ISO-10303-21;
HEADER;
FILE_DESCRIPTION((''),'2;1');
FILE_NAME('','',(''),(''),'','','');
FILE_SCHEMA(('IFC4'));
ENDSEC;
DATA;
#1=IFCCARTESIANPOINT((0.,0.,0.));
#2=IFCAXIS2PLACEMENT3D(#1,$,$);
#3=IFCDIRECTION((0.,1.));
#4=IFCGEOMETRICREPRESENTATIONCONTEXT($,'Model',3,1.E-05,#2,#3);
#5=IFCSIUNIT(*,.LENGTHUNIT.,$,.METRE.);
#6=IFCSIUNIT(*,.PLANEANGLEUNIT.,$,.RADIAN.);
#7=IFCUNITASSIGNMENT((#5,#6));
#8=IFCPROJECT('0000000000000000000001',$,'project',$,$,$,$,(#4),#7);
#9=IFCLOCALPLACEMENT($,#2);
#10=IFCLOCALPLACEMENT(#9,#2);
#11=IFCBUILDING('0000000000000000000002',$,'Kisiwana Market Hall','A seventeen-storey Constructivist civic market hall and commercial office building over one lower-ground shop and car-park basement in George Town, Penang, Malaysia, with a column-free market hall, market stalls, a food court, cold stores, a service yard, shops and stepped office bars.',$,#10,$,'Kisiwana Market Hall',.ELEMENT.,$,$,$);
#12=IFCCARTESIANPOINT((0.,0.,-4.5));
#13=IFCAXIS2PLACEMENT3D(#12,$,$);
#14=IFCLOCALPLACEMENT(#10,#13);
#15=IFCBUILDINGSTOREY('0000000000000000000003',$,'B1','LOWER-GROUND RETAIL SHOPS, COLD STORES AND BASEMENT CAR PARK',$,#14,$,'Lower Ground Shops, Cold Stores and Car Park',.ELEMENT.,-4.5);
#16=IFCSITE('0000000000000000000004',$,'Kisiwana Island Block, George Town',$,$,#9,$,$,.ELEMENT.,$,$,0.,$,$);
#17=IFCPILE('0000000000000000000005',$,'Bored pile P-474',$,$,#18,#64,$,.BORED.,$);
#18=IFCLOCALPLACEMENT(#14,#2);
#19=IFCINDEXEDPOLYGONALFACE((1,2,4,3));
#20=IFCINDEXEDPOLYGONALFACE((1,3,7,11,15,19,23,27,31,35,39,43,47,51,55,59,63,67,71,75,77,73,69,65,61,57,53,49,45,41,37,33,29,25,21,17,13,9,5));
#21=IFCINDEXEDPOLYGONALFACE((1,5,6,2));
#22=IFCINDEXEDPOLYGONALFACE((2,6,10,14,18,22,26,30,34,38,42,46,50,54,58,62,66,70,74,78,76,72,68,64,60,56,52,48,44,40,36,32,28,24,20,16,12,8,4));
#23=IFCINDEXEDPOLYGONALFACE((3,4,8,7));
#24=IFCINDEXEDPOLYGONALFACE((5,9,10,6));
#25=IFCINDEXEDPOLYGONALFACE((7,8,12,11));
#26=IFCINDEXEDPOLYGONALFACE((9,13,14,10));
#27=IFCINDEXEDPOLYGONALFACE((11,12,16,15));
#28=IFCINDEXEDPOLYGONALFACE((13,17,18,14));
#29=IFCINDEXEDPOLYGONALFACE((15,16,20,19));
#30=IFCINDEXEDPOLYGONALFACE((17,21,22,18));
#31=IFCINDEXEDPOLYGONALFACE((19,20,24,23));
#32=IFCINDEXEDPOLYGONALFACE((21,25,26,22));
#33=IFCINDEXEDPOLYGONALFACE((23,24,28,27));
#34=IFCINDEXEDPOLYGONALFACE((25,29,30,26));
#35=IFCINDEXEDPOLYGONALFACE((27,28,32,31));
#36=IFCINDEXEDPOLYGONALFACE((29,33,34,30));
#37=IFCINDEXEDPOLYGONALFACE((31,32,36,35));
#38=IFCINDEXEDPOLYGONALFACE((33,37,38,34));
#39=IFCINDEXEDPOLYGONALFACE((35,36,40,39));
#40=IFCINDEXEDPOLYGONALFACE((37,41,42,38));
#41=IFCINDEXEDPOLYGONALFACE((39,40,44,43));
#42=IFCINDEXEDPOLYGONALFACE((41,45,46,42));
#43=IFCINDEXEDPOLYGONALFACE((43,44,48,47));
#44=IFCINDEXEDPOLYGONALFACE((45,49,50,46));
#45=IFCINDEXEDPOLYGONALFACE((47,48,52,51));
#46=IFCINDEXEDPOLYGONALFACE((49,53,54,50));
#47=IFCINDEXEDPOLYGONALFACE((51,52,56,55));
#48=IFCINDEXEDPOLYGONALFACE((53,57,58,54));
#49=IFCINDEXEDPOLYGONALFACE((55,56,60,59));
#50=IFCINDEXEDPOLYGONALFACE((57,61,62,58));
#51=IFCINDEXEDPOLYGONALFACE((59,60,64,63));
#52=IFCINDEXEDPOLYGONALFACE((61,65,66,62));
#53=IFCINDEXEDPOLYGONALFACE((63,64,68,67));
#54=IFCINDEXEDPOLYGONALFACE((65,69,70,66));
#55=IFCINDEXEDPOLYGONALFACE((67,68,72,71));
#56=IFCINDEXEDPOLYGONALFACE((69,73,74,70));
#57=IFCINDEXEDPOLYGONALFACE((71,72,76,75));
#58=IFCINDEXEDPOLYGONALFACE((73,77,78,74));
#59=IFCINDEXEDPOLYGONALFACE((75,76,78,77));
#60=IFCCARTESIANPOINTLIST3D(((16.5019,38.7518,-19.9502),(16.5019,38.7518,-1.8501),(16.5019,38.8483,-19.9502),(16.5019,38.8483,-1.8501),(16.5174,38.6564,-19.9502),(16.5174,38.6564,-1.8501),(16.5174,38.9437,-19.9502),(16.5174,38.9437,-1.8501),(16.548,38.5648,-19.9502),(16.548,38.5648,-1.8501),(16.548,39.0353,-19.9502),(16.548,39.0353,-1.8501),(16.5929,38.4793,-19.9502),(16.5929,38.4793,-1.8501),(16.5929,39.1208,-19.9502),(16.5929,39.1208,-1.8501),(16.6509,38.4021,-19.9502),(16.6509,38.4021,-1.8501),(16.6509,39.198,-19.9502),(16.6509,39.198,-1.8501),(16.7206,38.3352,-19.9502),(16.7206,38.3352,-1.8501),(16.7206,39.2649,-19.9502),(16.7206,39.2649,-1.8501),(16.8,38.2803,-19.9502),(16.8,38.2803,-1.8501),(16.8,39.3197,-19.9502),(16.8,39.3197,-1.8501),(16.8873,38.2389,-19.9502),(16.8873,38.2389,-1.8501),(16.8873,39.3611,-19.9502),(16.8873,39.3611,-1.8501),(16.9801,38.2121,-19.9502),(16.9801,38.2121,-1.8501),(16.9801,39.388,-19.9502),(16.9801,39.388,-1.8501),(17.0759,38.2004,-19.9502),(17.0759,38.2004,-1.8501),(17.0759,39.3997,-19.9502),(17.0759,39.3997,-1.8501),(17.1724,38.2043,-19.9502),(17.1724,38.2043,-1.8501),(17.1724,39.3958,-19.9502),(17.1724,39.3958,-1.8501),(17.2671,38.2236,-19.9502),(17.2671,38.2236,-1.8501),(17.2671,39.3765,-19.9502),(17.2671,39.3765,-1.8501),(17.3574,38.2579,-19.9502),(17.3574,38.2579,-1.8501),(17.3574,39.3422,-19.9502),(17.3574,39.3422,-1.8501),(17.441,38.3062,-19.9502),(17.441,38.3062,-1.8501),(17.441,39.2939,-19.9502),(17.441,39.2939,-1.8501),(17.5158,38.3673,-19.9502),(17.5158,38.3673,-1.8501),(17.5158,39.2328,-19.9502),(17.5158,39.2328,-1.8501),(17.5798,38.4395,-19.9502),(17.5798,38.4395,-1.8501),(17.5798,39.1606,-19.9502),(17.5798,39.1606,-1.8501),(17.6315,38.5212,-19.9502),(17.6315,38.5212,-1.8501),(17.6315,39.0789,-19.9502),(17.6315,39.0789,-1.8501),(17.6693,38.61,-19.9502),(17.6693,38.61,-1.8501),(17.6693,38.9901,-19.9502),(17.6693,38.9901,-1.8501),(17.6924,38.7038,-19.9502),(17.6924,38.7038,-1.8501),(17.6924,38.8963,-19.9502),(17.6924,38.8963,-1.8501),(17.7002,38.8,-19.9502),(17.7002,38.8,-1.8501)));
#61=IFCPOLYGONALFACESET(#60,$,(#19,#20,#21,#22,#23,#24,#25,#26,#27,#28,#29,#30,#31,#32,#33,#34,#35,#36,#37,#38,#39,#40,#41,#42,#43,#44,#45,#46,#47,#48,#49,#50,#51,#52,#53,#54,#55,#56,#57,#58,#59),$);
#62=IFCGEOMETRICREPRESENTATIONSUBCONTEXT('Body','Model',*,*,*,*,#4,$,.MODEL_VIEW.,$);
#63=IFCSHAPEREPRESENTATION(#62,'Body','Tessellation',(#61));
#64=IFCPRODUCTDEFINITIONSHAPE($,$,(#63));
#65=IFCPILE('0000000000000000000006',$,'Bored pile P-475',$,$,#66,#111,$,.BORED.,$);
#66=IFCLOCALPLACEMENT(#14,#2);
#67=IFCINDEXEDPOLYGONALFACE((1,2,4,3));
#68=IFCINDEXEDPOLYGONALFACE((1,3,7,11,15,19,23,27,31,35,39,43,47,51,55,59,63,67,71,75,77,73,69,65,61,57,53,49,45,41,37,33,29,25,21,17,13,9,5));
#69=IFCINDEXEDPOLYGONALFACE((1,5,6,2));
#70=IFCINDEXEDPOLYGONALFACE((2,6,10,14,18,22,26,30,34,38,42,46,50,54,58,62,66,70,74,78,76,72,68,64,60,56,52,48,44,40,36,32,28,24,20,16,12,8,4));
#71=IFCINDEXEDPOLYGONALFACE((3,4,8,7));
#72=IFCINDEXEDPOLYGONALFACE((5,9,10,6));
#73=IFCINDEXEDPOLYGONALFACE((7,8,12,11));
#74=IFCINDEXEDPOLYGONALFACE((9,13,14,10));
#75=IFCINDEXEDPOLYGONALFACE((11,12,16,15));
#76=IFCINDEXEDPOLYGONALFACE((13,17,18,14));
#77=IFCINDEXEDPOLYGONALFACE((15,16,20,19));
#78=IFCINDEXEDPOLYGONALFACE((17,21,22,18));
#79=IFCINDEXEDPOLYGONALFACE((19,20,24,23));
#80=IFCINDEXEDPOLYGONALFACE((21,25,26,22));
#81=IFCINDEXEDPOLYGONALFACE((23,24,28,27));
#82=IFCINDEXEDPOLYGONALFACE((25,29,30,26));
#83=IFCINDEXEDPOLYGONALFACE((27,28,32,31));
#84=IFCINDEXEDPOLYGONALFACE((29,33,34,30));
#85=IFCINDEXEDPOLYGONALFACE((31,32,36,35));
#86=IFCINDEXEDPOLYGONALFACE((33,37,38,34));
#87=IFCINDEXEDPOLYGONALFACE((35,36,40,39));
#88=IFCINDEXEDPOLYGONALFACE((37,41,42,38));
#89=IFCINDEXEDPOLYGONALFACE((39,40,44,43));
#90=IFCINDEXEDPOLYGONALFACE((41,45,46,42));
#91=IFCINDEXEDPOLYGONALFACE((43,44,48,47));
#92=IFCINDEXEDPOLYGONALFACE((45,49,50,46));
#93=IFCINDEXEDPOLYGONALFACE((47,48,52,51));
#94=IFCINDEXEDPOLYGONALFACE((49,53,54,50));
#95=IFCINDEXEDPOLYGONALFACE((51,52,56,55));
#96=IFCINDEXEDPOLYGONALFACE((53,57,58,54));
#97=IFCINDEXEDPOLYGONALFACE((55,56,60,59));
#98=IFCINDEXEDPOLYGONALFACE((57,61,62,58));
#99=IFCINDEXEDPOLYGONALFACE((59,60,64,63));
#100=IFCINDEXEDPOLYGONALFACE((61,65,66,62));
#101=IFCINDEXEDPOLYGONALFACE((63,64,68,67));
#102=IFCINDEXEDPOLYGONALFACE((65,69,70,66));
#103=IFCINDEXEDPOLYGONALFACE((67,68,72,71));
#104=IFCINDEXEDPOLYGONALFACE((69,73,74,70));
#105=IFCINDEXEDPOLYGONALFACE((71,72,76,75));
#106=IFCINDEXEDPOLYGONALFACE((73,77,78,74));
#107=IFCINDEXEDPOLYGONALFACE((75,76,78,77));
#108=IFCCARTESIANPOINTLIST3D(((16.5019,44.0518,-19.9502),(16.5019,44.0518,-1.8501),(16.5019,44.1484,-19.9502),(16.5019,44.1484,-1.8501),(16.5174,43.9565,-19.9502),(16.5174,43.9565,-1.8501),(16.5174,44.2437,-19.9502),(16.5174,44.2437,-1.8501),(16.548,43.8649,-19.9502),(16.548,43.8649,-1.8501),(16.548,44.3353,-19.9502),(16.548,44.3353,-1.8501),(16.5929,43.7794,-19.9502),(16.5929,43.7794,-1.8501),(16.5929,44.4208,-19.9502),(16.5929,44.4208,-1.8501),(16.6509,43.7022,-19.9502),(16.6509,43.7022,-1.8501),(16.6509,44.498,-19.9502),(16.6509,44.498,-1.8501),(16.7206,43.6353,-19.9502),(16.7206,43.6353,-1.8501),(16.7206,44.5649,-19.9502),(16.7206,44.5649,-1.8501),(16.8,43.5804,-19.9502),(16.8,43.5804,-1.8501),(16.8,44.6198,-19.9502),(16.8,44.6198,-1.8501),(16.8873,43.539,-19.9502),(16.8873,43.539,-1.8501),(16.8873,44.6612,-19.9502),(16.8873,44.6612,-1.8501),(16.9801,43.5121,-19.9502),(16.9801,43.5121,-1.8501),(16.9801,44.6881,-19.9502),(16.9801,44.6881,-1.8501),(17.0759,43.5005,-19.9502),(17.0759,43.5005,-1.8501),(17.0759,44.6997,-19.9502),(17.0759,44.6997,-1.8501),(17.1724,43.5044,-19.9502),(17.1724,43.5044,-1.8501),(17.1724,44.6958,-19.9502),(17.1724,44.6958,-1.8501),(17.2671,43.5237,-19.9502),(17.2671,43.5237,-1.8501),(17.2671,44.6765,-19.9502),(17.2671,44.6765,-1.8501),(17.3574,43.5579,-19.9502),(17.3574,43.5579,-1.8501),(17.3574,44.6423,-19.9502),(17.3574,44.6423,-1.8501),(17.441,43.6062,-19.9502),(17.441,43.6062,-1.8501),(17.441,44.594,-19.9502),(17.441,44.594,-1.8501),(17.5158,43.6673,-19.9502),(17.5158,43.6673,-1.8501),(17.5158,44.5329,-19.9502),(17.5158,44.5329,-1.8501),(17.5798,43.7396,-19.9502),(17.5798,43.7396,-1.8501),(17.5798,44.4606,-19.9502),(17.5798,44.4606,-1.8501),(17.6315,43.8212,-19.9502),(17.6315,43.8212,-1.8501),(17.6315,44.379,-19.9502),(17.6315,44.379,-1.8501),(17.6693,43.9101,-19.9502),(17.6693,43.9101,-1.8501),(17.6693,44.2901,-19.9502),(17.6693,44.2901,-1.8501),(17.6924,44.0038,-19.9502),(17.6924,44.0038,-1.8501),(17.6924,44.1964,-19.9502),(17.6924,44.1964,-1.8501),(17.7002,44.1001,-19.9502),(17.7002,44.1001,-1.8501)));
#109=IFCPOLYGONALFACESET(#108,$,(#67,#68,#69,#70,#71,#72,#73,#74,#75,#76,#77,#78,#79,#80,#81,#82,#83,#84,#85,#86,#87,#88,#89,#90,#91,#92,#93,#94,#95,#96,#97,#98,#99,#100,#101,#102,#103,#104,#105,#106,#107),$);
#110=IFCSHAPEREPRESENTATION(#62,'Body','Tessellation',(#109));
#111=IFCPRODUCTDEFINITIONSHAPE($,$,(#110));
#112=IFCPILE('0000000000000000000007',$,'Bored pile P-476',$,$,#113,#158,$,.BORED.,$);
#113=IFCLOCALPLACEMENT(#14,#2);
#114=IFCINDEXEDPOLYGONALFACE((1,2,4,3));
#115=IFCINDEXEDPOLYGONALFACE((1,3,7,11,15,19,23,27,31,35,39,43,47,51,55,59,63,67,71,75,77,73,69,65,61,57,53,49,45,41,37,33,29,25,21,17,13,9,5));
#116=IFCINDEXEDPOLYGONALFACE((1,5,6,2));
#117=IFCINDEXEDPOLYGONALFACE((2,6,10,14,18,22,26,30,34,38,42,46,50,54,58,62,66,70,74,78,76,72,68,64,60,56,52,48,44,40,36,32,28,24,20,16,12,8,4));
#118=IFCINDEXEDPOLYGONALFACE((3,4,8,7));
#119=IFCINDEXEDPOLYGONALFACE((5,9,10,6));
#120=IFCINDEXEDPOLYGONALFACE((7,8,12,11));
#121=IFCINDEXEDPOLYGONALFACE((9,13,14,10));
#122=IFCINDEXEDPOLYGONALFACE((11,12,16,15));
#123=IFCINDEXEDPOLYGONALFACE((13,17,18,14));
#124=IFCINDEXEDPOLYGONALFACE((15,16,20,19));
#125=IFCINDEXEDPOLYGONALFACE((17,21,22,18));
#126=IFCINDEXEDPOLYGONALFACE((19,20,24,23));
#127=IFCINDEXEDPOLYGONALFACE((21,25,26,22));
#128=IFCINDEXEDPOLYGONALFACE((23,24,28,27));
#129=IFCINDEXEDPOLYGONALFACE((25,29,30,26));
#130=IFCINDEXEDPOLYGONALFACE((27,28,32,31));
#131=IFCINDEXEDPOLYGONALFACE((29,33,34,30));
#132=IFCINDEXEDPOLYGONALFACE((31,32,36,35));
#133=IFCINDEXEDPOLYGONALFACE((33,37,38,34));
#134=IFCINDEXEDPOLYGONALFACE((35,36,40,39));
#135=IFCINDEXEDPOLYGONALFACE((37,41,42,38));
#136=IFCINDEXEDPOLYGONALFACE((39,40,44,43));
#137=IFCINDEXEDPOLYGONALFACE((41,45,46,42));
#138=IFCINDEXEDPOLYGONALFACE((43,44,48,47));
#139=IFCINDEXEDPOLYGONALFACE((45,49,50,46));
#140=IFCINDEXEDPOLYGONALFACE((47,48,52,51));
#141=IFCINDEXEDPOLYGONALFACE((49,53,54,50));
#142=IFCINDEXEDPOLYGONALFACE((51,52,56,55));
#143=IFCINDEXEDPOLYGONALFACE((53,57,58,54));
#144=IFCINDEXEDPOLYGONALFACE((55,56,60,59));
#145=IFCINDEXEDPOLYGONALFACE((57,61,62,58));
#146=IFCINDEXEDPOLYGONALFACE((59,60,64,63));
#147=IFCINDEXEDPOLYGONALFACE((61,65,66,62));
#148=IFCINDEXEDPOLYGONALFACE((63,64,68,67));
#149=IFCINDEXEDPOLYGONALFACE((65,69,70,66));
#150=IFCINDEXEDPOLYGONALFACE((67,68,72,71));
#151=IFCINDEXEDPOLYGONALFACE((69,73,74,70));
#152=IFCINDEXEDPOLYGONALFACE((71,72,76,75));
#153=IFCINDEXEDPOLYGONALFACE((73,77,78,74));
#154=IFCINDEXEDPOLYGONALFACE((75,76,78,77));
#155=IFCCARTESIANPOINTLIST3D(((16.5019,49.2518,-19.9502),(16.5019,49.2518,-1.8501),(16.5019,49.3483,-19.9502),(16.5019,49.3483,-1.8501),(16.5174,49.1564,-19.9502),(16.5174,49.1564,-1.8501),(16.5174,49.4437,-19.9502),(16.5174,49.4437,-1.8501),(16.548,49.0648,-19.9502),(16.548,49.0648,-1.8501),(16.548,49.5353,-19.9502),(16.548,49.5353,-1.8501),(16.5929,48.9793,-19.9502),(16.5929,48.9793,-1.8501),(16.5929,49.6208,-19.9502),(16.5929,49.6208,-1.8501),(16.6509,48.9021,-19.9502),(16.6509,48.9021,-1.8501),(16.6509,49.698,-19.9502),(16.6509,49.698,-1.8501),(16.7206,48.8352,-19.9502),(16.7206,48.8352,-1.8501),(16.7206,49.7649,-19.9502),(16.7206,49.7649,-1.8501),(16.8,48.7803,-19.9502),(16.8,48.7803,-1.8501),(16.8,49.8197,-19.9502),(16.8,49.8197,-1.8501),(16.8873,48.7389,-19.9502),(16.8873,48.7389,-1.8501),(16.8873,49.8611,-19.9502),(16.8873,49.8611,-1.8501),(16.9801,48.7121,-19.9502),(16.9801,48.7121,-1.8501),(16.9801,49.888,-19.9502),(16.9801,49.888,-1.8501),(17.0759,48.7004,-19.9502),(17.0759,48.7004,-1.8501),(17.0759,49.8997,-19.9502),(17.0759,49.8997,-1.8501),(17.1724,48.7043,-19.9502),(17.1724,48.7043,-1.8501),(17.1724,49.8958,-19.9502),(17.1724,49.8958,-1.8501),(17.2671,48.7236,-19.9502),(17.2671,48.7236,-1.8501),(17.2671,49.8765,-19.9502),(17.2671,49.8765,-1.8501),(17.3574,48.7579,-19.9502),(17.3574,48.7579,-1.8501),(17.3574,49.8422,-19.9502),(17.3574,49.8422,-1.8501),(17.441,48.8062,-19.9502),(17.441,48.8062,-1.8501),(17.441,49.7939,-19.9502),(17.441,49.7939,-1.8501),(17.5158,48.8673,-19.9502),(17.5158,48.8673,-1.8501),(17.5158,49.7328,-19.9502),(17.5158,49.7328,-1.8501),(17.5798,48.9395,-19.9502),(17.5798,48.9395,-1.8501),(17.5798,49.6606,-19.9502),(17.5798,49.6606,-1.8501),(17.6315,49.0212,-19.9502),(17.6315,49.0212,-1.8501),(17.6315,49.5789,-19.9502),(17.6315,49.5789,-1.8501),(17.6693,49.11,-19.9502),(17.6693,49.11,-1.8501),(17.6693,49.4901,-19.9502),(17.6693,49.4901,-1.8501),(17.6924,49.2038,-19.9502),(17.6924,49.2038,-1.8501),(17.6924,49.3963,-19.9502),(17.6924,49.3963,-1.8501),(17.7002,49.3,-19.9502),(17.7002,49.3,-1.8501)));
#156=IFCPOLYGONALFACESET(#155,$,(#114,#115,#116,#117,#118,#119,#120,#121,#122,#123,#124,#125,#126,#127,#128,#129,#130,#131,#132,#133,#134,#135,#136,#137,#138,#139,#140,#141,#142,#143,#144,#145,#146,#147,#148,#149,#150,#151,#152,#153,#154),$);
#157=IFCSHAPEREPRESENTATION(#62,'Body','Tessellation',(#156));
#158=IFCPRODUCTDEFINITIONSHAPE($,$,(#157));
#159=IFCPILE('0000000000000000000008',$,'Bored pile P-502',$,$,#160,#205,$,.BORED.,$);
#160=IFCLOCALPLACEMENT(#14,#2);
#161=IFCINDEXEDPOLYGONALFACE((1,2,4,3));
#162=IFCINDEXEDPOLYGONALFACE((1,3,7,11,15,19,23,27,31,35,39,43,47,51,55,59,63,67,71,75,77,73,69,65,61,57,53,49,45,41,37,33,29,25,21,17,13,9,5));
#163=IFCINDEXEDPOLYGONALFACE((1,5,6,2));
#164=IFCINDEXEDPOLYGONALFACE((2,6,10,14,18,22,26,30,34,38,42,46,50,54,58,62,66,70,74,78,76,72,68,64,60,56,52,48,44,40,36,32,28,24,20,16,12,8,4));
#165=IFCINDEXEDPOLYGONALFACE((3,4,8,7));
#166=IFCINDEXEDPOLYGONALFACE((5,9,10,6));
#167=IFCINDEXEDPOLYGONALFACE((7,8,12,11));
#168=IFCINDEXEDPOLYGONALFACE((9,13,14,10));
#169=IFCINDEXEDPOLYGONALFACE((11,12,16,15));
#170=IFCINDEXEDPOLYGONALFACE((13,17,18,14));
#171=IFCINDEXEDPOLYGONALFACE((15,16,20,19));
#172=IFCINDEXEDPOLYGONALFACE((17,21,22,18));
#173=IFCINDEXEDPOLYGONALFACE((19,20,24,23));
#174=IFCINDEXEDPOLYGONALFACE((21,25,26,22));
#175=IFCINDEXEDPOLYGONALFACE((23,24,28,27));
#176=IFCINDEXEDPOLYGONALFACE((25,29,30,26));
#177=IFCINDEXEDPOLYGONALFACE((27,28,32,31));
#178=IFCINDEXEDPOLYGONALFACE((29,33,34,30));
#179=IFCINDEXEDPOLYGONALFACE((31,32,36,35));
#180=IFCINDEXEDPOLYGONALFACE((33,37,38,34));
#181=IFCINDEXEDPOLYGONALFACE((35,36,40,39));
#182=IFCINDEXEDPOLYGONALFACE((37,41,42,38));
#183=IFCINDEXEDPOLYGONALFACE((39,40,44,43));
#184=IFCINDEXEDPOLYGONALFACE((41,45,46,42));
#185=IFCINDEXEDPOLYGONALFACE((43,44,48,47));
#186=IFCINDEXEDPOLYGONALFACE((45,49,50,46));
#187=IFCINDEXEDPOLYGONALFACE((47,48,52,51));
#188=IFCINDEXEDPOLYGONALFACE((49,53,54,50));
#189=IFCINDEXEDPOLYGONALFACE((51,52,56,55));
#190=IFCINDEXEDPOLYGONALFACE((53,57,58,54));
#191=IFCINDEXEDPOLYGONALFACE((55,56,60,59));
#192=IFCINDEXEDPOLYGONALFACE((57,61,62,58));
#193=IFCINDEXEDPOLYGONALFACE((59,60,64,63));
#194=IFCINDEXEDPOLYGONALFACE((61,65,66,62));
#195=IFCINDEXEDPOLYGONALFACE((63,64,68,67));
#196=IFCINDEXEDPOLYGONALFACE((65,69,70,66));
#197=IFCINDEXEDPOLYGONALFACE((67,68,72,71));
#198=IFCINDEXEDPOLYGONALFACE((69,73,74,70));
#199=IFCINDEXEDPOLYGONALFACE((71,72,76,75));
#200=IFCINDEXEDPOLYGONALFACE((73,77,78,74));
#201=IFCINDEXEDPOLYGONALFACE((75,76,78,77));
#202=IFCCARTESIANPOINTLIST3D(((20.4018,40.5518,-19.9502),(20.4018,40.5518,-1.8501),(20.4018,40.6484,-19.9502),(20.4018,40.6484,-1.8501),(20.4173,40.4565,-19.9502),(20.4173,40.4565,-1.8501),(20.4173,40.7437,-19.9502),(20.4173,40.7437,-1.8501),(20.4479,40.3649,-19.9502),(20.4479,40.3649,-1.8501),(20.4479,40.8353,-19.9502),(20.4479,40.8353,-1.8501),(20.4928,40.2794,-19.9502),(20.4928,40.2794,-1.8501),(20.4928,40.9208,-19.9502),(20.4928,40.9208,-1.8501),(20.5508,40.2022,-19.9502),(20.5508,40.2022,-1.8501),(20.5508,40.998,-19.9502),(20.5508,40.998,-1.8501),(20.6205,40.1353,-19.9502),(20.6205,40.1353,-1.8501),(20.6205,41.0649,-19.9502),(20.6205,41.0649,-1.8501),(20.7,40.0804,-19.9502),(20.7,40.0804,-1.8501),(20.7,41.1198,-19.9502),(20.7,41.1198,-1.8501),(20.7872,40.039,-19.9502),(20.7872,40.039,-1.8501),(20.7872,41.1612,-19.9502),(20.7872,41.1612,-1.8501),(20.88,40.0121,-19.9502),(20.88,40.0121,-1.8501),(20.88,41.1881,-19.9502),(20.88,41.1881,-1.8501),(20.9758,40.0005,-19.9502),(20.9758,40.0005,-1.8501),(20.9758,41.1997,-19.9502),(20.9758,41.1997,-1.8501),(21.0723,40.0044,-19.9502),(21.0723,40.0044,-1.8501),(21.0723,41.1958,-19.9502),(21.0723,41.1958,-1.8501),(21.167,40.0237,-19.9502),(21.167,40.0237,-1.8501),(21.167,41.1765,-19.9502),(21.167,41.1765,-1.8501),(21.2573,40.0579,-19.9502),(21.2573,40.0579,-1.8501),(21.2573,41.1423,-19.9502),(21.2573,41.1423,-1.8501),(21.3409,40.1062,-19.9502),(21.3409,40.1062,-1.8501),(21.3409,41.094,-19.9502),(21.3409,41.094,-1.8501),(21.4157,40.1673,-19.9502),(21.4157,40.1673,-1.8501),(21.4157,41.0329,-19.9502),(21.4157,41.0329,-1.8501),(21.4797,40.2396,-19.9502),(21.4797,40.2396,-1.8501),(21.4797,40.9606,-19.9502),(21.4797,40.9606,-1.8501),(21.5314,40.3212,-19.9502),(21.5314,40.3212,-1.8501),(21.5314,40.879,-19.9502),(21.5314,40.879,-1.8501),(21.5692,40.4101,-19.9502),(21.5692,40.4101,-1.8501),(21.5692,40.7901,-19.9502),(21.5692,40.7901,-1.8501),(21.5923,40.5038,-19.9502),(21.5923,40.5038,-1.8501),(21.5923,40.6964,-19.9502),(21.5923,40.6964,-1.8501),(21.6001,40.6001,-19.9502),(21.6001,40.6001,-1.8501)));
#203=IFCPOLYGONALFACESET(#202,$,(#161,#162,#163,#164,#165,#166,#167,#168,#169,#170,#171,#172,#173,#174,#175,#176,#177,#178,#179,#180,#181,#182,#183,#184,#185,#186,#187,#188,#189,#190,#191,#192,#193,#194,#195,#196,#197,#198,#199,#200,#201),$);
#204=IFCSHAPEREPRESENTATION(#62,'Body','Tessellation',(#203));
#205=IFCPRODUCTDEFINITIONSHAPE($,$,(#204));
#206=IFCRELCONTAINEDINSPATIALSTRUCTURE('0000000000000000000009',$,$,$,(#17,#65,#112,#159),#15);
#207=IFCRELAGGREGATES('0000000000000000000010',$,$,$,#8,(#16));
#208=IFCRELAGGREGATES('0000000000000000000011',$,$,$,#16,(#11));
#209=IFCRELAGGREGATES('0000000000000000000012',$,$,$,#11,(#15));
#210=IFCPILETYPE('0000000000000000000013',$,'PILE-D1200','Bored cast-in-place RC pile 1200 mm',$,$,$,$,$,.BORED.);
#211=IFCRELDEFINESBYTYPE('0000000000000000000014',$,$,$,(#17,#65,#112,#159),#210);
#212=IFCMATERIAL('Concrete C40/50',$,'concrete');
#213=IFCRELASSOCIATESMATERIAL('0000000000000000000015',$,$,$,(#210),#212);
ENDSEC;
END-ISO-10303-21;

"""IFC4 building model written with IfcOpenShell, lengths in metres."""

from ifc_helpers import new_model, si_unit, direction, frame, origin, origin_2d, place, context, subcontext, project, spatial, circle, extrude, material, material_profile, profile_set, type_object, element, save


model = new_model("IFC4")

# Units and contexts
model_context = context("Model", 3, precision=1e-05, world=origin(), true_north=direction((0.0, 1.0)))
body_context = subcontext(model_context, "Body", "Model", "MODEL_VIEW")
ifc_project = project(units=[si_unit("LENGTHUNIT", "METRE"), si_unit("PLANEANGLEUNIT", "RADIAN")], contexts=[model_context])

# Site, building, storey
site_placement = place(None, origin())
site = spatial("IfcSite", under=ifc_project, at=site_placement, Name="Kisiwana Island Block, George Town", CompositionType="ELEMENT", RefElevation=0.0)
building_placement = place(site_placement, origin())
building = spatial("IfcBuilding", under=site, at=building_placement, Name="Kisiwana Market Hall", Description="A seventeen-storey Constructivist civic market hall and commercial office building over one lower-ground shop and car-park basement in George Town, Penang, Malaysia, with a column-free market hall, market stalls, a food court, cold stores, a service yard, shops and stepped office bars.", LongName="Kisiwana Market Hall", CompositionType="ELEMENT")
storey_placement = place(building_placement, frame((0.0, 0.0, -4.5)))
storey = spatial("IfcBuildingStorey", under=building, at=storey_placement, Name="B1", Description="LOWER-GROUND RETAIL SHOPS, COLD STORES AND BASEMENT CAR PARK", LongName="Lower Ground Shops, Cold Stores and Car Park", CompositionType="ELEMENT", Elevation=-4.5)

# Piles
ifc_material_1 = material(Name="Concrete C40/50", Category="concrete")
ifc_material_profile = material_profile(ifc_material_1, circle(Radius=0.6001, at=origin_2d()), Name="BP D1200")
ifc_profile_set = profile_set([ifc_material_profile], Name="Concrete C40/50")
pile_type = type_object("IfcPileType", Name="PILE-D1200", Description="Bored cast-in-place RC pile 1200 mm", PredefinedType="BORED", material=ifc_profile_set)
for number, where, z_axis, x_axis, name in (
    (1, (17.1001, 38.8, -1.8501), (0.0, 0.0, -1.0), (1.0, 0.0, 0.0), "Bored pile P-474"),
    (2, (17.1001, 44.1001, -1.8501), (0.0, 0.0, -1.0), (1.0, 0.0, 0.0), "Bored pile P-475"),
    (3, (17.1001, 49.3, -1.8501), (0.0, 0.0, -1.0), (1.0, 0.0, 0.0), "Bored pile P-476"),
    (4, (21.0, 40.6001, -1.8501), (0.0, 0.0, -1.0), (1.0, 0.0, 0.0), "Bored pile P-502"),
):
    element("IfcPile", number, at=place(storey_placement, frame(where, z_axis=z_axis, x_axis=x_axis)), inside=storey, type_object=pile_type, Name=name, PredefinedType="BORED", context=body_context, shape_type="SweptSolid", body=[
        extrude(circle(Radius=0.6001, at=origin_2d()), origin(), (0.0, 0.0, 1.0), 18.1001),
    ])

save(model, "model.ifc")
